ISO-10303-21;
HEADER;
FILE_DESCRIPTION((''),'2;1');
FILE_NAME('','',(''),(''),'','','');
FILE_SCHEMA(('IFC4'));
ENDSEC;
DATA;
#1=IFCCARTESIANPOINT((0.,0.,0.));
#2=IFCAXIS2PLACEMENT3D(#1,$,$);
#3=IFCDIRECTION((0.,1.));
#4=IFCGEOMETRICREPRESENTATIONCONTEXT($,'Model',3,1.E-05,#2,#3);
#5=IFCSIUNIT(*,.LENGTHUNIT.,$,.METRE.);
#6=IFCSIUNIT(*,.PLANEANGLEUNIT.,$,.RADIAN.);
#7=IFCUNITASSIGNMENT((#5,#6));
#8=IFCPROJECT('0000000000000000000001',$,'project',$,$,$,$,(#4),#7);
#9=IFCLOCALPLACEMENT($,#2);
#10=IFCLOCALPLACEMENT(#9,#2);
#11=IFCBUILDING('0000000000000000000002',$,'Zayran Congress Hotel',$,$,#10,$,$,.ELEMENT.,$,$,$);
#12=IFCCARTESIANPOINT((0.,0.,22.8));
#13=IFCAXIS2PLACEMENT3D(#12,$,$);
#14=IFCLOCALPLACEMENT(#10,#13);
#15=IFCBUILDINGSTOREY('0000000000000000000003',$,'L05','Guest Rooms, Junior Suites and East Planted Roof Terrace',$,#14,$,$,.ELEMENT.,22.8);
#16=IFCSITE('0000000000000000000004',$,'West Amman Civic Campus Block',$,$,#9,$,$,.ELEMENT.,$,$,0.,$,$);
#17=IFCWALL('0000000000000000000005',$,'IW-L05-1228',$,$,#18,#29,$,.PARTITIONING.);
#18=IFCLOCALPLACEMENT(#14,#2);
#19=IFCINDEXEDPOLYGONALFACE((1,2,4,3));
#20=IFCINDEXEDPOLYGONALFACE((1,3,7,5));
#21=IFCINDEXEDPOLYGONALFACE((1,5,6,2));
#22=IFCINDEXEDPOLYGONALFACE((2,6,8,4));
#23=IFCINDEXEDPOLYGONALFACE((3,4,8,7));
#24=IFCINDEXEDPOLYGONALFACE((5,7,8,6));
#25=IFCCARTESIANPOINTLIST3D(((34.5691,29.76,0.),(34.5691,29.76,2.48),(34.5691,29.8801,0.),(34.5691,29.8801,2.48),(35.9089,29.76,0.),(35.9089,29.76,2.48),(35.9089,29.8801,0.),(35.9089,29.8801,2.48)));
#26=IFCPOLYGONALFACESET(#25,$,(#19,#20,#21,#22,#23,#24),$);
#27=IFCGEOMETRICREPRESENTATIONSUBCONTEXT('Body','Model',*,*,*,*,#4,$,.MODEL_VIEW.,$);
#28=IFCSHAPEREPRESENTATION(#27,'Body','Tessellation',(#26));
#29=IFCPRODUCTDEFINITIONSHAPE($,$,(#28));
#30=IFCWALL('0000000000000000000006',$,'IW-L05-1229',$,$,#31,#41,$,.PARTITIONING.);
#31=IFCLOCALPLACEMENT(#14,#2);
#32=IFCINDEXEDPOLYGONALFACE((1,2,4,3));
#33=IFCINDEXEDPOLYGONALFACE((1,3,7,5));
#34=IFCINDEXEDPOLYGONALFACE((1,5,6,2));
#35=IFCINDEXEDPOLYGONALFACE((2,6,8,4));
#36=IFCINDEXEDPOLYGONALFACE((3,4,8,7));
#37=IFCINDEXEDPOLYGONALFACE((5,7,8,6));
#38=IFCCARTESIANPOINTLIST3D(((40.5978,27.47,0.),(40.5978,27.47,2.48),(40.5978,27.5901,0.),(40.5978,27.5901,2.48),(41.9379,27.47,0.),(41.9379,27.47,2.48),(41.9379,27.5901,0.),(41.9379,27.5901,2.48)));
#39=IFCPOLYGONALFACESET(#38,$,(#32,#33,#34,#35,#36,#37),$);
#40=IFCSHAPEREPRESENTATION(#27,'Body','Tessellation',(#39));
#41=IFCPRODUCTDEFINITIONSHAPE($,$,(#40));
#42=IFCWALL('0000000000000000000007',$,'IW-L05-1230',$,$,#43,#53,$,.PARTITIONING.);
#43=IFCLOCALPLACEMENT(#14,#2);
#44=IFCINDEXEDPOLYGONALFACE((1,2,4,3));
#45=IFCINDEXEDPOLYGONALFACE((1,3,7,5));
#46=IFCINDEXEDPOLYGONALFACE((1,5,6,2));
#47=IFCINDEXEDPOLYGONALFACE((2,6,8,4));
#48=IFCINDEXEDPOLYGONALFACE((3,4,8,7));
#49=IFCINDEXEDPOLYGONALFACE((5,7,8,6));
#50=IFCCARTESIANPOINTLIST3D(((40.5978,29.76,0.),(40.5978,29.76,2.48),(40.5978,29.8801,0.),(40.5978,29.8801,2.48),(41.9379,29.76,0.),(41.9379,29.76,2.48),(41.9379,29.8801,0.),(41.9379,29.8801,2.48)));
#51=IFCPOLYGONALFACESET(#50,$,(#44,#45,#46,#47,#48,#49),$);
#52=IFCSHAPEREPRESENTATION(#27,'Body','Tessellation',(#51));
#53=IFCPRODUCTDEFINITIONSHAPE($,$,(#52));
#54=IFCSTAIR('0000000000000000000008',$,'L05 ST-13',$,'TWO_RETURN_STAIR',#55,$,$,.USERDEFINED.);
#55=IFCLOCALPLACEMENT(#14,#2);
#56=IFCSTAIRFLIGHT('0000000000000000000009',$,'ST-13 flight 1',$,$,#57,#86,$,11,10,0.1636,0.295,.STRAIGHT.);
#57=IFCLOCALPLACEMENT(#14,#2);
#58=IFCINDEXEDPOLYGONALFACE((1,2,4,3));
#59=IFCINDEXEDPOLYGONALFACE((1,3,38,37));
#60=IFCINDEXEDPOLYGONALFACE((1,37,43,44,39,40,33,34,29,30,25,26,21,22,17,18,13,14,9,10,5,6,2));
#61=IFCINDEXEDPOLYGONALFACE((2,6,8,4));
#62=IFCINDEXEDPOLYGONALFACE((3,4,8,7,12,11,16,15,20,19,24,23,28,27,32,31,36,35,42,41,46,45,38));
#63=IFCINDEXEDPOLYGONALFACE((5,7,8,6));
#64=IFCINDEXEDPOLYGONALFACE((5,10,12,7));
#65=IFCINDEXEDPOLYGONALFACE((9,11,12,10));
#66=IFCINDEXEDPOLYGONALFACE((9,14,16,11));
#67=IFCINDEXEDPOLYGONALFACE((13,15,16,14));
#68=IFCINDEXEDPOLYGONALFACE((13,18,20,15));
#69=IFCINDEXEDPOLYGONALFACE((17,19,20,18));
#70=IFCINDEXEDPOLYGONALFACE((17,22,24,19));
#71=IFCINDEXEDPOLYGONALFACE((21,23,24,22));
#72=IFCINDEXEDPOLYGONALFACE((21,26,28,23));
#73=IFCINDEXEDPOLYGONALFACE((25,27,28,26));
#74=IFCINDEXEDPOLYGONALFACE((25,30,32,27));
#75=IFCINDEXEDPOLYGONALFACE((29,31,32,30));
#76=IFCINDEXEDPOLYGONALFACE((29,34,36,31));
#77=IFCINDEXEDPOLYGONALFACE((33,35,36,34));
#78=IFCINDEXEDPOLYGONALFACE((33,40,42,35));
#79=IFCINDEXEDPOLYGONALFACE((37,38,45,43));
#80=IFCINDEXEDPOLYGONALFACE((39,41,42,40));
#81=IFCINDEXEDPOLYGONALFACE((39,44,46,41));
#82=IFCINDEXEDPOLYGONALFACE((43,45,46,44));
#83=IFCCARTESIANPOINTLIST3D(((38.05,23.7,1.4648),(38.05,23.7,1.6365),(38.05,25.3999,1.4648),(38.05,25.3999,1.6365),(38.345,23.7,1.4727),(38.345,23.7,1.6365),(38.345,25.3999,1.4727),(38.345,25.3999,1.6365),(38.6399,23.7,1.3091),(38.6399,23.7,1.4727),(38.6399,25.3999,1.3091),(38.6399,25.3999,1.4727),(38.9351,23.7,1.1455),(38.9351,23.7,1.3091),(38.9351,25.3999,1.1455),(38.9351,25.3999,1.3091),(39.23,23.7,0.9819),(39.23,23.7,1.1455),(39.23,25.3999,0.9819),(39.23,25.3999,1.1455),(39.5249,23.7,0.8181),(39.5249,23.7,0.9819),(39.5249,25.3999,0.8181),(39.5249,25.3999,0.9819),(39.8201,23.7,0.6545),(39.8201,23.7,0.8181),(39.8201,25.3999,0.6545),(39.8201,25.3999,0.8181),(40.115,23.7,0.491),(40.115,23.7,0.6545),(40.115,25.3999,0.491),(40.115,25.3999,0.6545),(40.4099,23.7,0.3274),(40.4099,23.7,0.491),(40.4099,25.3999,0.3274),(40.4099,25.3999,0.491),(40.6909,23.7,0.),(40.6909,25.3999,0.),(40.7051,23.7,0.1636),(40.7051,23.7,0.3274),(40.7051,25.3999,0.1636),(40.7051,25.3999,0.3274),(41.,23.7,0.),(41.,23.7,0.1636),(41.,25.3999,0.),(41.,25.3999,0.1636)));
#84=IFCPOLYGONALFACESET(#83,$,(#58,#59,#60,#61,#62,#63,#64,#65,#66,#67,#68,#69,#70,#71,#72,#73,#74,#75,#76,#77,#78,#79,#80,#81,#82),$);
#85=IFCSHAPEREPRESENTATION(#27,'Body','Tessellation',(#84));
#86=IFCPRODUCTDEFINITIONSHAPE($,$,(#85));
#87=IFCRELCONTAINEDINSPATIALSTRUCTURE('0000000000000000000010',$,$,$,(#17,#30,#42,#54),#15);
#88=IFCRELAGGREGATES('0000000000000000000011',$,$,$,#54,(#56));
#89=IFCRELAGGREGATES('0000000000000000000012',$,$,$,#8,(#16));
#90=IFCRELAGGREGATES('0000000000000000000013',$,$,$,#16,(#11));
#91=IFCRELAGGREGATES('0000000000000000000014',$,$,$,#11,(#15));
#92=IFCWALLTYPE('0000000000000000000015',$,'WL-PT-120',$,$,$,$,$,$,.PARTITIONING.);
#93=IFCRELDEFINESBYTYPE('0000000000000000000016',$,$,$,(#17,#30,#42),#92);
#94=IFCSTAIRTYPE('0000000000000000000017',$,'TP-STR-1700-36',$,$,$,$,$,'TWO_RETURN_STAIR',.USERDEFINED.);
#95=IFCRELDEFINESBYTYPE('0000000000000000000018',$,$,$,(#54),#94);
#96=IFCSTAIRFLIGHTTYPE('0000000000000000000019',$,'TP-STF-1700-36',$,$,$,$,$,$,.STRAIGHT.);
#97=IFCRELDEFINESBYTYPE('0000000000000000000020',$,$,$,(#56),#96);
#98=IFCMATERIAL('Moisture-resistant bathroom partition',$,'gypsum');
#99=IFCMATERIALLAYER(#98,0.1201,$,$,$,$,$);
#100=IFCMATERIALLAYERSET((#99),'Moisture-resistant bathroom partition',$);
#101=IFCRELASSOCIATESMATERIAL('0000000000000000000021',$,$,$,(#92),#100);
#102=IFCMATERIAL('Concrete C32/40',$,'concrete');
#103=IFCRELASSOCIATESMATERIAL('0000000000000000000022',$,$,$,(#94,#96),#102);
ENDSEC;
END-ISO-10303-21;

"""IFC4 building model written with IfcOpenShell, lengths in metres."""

from ifc_helpers import new_model, si_unit, direction, frame, frame_2d, origin, place, context, subcontext, project, spatial, polyline, rectangle, outline, extrude, material, layer, layer_set, type_object, element, aggregate, save


model = new_model("IFC4")

# Units and contexts
model_context = context("Model", 3, precision=1e-05, world=origin(), true_north=direction((0.0, 1.0)))
body_context = subcontext(model_context, "Body", "Model", "MODEL_VIEW")
ifc_project = project(units=[si_unit("LENGTHUNIT", "METRE"), si_unit("PLANEANGLEUNIT", "RADIAN")], contexts=[model_context])

# Site, building, storey
site_placement = place(None, origin())
site = spatial("IfcSite", under=ifc_project, at=site_placement, Name="West Amman Civic Campus Block", CompositionType="ELEMENT", RefElevation=0.0)
building_placement = place(site_placement, origin())
building = spatial("IfcBuilding", under=site, at=building_placement, Name="Zayran Congress Hotel", CompositionType="ELEMENT")
storey_placement = place(building_placement, frame((0.0, 0.0, 22.8)))
storey = spatial("IfcBuildingStorey", under=building, at=storey_placement, Name="L05", Description="Guest Rooms, Junior Suites and East Planted Roof Terrace", CompositionType="ELEMENT", Elevation=22.8)

# Shared definitions
ifc_material_1 = material(Name="Moisture-resistant bathroom partition", Category="gypsum")
ifc_layer_1 = layer(ifc_material_1, 0.1201)
ifc_layer_set_1 = layer_set([ifc_layer_1], Name="Moisture-resistant bathroom partition")
wall_type_1 = type_object("IfcWallType", Name="WL-PT-120", PredefinedType="PARTITIONING", material=ifc_layer_set_1)

# Walls
for number, where, z_axis, x_axis, name in (
    (1, (34.5691, 29.8201, 0.0), (0.0, 0.0, 1.0), (1.0, 0.0, 0.0), "IW-L05-1228"),
):
    element("IfcWall", number, at=place(storey_placement, frame(where, z_axis=z_axis, x_axis=x_axis)), inside=storey, type_object=wall_type_1, Name=name, PredefinedType="PARTITIONING", context=body_context, shape_type="SweptSolid", body=[
        extrude(rectangle(XDim=1.3398, YDim=0.1201, at=frame_2d((0.6699, 0.0))), origin(), (0.0, 0.0, 1.0), 2.48),
    ])
for number, where, z_axis, x_axis, name in (
    (2, (40.5979, 27.53, 0.0), (0.0, 0.0, 1.0), (1.0, 0.0, 0.0), "IW-L05-1229"),
    (3, (40.5979, 29.8201, 0.0), (0.0, 0.0, 1.0), (1.0, 0.0, 0.0), "IW-L05-1230"),
):
    element("IfcWall", number, at=place(storey_placement, frame(where, z_axis=z_axis, x_axis=x_axis)), inside=storey, type_object=wall_type_1, Name=name, PredefinedType="PARTITIONING", context=body_context, shape_type="SweptSolid", body=[
        extrude(rectangle(XDim=1.3401, YDim=0.1201, at=frame_2d((0.6699, 0.0))), origin(), (0.0, 0.0, 1.0), 2.48),
    ])

# Stair, stair flight
ifc_material_2 = material(Name="Concrete C32/40", Category="concrete")
stair_type = type_object("IfcStairType", Name="TP-STR-1700-36", ElementType="TWO_RETURN_STAIR", PredefinedType="USERDEFINED", material=ifc_material_2)
stair_placement = place(storey_placement, origin())
stair = element("IfcStair", 4, at=stair_placement, inside=storey, type_object=stair_type, Name="L05 ST-13", ObjectType="TWO_RETURN_STAIR", PredefinedType="USERDEFINED")
stair_flight_type = type_object("IfcStairFlightType", Name="TP-STF-1700-36", PredefinedType="STRAIGHT", material=ifc_material_2)
stair_flight_placement = place(storey_placement, frame((41.0, 24.55, 0.0), z_axis=(0.0, 0.0, 1.0), x_axis=(-1.0, 0.0, 0.0)))
stair_flight = element("IfcStairFlight", 5, at=stair_flight_placement, type_object=stair_flight_type, Name="ST-13 flight 1", NumberOfRisers=11, NumberOfTreads=10, PredefinedType="STRAIGHT", RiserHeight=0.1636, TreadLength=0.295, context=body_context, shape_type="SweptSolid", body=[
    extrude(outline(polyline([(0.0, 0.0), (0.0, 0.1636), (0.2949, 0.1636), (0.2949, 0.3274), (0.5901, 0.3274), (0.5901, 0.491), (0.885, 0.491), (0.885, 0.6545), (1.1799, 0.6545), (1.1799, 0.8181), (1.4751, 0.8181), (1.4751, 0.9819), (1.77, 0.9819), (1.77, 1.1455), (2.0649, 1.1455), (2.0649, 1.3091), (2.3601, 1.3091), (2.3601, 1.4727), (2.655, 1.4727), (2.655, 1.6365), (2.95, 1.6365), (2.95, 1.8), (2.95, 1.4648), (0.3091, 0.0), (0.0, 0.0)])), frame((0.0, 0.8501, 0.0), z_axis=(0.0, -1.0, 0.0), x_axis=(1.0, 0.0, 0.0)), (0.0, 0.0, 1.0), 1.7),
])
aggregate(stair, [stair_flight])

save(model, "model.ifc")
